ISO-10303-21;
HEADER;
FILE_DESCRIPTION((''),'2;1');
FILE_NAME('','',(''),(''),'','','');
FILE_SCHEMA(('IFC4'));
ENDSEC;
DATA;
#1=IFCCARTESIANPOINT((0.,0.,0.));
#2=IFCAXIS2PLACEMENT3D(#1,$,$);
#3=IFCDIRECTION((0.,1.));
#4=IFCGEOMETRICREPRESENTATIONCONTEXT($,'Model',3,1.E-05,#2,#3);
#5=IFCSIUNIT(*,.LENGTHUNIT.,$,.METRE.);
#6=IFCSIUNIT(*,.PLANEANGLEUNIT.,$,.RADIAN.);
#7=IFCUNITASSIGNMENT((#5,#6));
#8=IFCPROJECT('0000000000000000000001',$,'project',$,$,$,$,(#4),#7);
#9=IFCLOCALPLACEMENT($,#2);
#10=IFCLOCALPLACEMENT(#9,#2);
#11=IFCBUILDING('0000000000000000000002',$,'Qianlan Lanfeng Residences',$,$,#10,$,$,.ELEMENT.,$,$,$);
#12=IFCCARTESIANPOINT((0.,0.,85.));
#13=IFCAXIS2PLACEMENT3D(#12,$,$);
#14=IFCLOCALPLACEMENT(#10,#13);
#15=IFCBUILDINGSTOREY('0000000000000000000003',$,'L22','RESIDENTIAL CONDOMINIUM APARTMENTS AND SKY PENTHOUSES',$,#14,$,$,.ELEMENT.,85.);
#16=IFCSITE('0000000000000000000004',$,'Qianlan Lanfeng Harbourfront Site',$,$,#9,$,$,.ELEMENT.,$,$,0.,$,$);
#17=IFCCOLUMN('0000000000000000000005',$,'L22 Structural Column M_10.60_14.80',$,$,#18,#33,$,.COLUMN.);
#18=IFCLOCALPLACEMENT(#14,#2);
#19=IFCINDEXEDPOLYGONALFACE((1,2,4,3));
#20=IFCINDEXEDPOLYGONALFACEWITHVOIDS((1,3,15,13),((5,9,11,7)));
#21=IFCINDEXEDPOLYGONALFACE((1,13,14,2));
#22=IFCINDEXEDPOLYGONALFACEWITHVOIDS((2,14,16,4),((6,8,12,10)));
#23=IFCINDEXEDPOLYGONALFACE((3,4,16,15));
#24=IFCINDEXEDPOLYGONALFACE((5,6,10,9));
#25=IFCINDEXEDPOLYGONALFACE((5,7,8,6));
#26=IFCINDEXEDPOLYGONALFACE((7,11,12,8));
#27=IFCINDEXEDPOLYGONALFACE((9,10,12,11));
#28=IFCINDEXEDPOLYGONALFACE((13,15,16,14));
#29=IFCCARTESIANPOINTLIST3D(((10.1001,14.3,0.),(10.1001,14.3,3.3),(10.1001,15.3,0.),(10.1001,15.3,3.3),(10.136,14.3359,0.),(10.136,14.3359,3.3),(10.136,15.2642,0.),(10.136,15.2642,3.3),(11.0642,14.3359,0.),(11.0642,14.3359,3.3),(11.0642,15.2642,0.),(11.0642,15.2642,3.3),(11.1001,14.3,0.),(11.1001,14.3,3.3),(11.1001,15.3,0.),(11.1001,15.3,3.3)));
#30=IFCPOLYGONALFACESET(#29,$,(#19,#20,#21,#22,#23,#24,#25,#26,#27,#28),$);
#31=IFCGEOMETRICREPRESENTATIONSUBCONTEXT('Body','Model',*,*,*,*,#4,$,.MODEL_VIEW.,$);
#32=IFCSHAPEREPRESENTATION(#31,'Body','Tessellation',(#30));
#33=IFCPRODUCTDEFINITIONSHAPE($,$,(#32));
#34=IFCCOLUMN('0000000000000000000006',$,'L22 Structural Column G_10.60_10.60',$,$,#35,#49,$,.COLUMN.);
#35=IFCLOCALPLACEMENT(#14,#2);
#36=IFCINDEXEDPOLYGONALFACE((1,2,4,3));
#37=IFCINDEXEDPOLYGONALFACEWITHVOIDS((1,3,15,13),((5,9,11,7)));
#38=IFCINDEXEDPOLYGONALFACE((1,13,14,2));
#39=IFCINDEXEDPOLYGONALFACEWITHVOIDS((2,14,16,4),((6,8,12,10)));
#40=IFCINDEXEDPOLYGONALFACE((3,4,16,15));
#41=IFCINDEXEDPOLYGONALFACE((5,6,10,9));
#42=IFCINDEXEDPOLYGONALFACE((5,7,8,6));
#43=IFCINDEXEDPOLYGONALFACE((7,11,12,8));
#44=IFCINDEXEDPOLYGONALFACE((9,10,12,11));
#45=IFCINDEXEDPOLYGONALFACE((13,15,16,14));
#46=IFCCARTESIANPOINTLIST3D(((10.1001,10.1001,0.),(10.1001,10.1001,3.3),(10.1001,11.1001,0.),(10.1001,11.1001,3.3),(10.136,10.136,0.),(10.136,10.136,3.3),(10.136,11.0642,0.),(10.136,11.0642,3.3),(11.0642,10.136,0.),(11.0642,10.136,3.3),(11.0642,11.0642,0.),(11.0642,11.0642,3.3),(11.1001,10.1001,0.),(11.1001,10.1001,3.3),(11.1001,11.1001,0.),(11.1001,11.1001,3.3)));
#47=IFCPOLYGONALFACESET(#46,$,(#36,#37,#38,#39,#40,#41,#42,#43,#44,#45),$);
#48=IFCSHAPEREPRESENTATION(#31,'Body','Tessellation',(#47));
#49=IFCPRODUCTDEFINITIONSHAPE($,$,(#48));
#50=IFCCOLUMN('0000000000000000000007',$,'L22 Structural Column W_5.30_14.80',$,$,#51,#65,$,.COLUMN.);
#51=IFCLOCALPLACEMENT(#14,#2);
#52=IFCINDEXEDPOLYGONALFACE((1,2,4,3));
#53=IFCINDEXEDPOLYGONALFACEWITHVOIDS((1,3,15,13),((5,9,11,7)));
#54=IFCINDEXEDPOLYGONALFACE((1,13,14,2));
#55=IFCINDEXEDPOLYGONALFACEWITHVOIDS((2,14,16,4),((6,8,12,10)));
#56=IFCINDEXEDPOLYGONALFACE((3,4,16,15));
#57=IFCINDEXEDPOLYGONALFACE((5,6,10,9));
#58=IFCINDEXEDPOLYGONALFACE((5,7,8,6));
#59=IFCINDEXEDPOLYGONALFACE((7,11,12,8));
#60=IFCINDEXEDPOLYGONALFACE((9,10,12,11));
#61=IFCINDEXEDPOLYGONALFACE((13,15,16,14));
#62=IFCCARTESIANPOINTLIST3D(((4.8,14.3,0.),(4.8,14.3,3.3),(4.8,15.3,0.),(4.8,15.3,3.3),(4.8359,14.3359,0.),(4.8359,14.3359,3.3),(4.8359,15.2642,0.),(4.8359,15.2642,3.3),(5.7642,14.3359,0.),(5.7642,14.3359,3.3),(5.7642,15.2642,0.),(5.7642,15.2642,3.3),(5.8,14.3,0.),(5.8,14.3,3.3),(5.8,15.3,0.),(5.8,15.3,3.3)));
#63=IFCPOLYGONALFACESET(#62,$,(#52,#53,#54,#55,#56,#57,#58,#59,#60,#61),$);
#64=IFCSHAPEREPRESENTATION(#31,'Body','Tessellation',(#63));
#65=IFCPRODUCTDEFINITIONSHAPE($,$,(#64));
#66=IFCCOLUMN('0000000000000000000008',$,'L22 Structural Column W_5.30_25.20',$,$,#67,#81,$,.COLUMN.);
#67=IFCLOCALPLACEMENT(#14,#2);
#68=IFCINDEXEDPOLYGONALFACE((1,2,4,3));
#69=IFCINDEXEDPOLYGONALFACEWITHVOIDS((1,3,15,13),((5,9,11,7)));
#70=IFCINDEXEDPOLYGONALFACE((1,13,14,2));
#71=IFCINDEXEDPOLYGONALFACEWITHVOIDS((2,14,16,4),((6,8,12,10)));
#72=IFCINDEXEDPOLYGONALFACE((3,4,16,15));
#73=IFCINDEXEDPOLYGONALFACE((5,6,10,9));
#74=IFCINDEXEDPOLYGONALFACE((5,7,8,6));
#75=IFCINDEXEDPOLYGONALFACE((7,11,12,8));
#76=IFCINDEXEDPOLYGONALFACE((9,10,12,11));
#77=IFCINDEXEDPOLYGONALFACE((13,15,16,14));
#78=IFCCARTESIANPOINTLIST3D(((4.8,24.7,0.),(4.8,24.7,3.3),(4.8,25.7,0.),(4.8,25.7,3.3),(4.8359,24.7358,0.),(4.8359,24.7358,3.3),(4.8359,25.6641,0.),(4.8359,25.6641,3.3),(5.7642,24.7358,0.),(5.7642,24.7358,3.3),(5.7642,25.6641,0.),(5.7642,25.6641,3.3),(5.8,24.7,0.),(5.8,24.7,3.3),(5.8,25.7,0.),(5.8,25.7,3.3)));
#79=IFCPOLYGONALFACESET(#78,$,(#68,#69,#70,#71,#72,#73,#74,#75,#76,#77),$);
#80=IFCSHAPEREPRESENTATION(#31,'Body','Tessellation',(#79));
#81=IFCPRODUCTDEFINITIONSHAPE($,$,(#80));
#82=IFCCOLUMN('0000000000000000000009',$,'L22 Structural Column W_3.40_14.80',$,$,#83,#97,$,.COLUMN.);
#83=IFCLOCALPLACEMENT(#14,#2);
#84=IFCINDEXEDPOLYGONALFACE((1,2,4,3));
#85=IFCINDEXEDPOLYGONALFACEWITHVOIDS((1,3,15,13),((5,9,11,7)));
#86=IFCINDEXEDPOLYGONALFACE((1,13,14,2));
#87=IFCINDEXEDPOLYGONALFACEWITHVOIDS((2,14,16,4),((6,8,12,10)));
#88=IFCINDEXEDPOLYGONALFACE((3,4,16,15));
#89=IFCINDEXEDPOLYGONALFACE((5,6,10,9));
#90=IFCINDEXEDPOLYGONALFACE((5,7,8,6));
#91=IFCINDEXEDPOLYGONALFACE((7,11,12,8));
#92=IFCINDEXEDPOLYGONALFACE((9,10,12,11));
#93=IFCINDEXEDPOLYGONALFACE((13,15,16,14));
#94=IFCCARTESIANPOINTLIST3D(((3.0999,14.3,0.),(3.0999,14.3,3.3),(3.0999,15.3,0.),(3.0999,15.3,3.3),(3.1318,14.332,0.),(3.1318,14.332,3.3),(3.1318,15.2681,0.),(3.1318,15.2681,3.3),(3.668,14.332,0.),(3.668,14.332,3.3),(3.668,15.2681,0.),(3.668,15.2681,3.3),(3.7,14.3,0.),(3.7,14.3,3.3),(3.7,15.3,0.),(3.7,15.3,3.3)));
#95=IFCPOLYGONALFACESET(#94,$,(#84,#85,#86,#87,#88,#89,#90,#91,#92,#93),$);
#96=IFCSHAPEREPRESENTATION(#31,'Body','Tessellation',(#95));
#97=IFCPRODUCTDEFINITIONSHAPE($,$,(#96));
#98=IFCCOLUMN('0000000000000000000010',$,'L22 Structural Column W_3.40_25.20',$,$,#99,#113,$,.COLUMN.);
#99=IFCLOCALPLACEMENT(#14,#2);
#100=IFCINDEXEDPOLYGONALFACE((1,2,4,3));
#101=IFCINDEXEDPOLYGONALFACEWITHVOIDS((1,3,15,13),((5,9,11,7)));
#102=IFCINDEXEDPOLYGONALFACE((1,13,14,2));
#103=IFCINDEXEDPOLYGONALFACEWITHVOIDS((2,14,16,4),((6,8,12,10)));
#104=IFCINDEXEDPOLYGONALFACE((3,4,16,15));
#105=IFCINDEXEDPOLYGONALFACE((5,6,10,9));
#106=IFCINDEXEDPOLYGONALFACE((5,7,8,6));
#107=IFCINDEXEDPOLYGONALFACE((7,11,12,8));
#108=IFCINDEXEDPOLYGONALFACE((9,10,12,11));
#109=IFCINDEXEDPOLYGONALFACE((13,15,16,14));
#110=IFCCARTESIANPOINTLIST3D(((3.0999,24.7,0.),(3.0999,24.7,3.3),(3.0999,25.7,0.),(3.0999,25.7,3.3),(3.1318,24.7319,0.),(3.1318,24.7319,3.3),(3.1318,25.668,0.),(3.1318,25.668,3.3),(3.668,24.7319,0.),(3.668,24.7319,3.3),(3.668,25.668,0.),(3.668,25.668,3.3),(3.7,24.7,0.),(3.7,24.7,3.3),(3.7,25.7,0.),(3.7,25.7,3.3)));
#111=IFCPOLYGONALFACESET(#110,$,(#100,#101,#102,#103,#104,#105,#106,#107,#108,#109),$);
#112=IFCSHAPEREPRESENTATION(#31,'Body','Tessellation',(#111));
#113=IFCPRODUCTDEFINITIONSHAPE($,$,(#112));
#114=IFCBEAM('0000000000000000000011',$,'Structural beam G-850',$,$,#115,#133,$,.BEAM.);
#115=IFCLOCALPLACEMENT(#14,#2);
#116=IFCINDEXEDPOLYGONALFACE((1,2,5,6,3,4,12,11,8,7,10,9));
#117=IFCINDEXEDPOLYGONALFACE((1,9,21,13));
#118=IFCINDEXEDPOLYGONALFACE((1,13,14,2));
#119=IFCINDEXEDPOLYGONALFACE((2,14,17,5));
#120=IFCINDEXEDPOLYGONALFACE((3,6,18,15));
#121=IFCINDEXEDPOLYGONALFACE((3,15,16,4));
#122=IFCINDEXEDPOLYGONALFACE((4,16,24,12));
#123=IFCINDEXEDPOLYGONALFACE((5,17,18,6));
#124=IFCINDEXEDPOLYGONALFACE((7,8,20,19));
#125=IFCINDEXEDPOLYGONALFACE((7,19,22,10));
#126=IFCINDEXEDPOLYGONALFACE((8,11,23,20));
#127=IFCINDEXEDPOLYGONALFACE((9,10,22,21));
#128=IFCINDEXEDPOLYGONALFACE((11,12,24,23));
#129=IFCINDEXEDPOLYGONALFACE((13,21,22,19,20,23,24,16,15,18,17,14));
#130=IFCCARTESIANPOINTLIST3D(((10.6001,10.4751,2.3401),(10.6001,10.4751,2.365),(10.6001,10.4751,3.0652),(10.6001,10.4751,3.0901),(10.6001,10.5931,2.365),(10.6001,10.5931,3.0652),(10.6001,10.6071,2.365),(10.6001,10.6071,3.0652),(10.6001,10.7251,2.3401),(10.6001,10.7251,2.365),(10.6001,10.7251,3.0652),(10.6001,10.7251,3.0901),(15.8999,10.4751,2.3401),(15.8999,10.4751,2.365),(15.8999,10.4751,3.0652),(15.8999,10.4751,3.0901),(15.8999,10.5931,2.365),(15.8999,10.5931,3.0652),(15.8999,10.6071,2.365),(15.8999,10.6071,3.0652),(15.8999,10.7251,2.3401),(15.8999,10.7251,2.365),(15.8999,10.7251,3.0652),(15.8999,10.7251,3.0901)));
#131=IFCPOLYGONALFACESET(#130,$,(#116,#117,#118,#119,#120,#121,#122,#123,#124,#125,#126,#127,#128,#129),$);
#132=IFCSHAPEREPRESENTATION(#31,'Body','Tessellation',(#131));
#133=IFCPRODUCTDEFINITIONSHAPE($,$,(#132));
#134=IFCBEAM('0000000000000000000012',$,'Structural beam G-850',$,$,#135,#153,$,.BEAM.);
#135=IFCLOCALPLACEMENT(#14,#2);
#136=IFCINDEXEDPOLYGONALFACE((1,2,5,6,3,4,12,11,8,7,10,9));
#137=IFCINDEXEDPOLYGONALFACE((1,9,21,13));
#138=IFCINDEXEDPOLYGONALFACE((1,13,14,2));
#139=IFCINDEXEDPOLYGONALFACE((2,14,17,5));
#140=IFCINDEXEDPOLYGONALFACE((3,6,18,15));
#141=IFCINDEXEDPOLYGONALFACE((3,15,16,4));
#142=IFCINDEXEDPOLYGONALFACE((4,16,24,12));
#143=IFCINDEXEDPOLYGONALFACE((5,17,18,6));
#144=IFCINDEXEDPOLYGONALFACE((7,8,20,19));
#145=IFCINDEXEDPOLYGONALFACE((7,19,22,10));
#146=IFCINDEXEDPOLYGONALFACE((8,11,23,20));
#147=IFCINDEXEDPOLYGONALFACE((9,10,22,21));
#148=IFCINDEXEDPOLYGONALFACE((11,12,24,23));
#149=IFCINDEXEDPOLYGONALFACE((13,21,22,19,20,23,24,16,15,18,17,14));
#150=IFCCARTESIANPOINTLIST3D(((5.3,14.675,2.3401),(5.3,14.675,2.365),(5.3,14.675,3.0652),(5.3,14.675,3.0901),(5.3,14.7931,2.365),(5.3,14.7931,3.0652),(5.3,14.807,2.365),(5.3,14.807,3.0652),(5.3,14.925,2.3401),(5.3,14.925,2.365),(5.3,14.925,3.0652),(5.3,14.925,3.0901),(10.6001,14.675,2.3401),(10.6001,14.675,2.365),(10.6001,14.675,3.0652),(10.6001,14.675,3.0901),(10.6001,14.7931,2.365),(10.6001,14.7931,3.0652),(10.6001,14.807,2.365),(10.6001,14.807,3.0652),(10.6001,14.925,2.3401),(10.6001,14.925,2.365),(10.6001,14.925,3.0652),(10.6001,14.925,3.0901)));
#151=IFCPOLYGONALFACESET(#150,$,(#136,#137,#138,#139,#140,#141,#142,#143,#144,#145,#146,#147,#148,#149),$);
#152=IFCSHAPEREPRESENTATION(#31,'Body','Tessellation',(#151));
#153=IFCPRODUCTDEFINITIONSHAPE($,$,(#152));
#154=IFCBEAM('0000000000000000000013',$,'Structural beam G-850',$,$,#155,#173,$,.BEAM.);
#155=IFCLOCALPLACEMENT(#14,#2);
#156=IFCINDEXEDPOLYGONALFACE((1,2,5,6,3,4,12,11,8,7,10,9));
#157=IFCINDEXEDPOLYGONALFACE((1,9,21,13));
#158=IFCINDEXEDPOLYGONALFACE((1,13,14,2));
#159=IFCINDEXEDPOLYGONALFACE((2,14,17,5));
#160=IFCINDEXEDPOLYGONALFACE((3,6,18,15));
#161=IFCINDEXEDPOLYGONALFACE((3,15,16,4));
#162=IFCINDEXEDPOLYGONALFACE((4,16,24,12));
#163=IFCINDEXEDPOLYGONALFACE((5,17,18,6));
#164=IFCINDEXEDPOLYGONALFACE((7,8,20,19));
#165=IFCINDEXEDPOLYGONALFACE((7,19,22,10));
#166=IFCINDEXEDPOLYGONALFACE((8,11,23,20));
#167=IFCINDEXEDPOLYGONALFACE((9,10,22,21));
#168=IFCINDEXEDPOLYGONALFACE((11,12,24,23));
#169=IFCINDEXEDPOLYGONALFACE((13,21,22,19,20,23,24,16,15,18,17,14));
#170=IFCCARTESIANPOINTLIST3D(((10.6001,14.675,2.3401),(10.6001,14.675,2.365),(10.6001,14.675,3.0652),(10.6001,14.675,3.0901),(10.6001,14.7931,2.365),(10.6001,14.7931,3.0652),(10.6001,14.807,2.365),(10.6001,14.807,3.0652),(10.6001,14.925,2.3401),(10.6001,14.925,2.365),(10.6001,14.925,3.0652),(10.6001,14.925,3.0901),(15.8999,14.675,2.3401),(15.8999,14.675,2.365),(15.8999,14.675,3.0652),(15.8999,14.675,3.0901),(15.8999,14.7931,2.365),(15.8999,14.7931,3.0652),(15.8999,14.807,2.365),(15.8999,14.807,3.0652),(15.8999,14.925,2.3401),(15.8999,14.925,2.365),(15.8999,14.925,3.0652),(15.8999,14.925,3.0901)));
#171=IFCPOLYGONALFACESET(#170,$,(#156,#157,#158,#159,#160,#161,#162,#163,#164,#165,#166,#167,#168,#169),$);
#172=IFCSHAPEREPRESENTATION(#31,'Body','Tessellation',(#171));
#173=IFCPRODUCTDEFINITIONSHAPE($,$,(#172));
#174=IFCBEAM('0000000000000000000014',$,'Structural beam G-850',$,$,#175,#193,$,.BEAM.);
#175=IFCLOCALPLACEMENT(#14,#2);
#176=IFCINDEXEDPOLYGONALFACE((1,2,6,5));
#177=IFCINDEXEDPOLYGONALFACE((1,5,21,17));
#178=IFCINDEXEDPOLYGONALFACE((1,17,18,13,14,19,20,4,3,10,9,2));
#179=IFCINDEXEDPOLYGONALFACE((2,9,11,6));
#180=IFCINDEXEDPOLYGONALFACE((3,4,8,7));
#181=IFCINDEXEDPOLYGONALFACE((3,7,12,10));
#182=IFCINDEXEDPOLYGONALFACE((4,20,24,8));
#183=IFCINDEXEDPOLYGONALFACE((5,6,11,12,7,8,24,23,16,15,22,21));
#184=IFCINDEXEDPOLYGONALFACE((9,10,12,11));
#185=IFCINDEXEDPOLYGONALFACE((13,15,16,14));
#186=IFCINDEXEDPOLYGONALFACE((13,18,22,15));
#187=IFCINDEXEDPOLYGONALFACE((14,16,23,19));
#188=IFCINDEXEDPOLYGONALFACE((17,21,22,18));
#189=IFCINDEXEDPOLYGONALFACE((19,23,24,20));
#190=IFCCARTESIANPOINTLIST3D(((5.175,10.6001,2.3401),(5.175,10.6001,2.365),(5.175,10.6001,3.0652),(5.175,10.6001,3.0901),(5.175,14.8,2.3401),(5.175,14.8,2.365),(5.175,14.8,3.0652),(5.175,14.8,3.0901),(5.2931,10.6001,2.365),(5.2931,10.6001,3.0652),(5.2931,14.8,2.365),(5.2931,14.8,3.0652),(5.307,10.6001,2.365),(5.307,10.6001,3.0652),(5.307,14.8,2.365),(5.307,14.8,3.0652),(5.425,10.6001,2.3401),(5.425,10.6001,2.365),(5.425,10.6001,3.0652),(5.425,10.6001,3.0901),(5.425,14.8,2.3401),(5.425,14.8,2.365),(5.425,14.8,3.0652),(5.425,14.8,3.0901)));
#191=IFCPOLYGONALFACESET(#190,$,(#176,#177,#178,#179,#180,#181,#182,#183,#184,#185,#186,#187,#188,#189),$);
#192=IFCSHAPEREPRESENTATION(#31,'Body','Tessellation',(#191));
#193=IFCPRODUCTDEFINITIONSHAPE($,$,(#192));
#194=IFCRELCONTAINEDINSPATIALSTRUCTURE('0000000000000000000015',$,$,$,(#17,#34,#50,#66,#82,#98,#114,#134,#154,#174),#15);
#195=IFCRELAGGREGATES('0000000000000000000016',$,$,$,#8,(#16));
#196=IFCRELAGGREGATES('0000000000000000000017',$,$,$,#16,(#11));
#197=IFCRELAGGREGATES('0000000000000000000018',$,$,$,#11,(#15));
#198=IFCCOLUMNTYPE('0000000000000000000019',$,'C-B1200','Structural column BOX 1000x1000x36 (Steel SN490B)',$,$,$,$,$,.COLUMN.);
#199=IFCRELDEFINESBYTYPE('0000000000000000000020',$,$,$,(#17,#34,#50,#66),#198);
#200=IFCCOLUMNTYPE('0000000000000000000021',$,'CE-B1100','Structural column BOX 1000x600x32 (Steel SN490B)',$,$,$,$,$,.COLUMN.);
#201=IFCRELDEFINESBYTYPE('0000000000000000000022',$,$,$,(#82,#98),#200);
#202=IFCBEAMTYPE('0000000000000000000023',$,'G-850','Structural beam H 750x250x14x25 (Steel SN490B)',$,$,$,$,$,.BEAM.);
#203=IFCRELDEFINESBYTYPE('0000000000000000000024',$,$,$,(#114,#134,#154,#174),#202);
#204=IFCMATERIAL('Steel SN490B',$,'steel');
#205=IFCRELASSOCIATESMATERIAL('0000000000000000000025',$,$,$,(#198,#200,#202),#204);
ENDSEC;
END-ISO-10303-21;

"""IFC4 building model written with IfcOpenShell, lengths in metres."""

from ifc_helpers import new_model, si_unit, direction, frame, origin, origin_2d, place, context, subcontext, project, spatial, hollow_rectangle, i_section, extrude, material, material_profile, profile_set, type_object, element, save


model = new_model("IFC4")

# Units and contexts
model_context = context("Model", 3, precision=1e-05, world=origin(), true_north=direction((0.0, 1.0)))
body_context = subcontext(model_context, "Body", "Model", "MODEL_VIEW")
ifc_project = project(units=[si_unit("LENGTHUNIT", "METRE"), si_unit("PLANEANGLEUNIT", "RADIAN")], contexts=[model_context])

# Site, building, storey
site_placement = place(None, origin())
site = spatial("IfcSite", under=ifc_project, at=site_placement, Name="Qianlan Lanfeng Harbourfront Site", CompositionType="ELEMENT", RefElevation=0.0)
building_placement = place(site_placement, origin())
building = spatial("IfcBuilding", under=site, at=building_placement, Name="Qianlan Lanfeng Residences", CompositionType="ELEMENT")
storey_placement = place(building_placement, frame((0.0, 0.0, 85.0)))
storey = spatial("IfcBuildingStorey", under=building, at=storey_placement, Name="L22", Description="RESIDENTIAL CONDOMINIUM APARTMENTS AND SKY PENTHOUSES", CompositionType="ELEMENT", Elevation=85.0)

# Columns
ifc_material_1 = material(Name="Steel SN490B", Category="steel")
ifc_material_profile_1 = material_profile(ifc_material_1, hollow_rectangle(XDim=1.0, YDim=1.0, WallThickness=0.0359, at=origin_2d()), Name="BOX 1000x1000x36")
ifc_profile_set_1 = profile_set([ifc_material_profile_1], Name="Steel SN490B")
column_type_1 = type_object("IfcColumnType", Name="C-B1200", Description="Structural column BOX 1000x1000x36 (Steel SN490B)", PredefinedType="COLUMN", material=ifc_profile_set_1)
for number, where, z_axis, x_axis, name in (
    (1, (10.6001, 14.8, 0.0), (0.0, 0.0, 1.0), (1.0, 0.0, 0.0), "L22 Structural Column M_10.60_14.80"),
    (2, (10.6001, 10.6001, 0.0), (0.0, 0.0, 1.0), (1.0, 0.0, 0.0), "L22 Structural Column G_10.60_10.60"),
    (3, (5.3, 14.8, 0.0), (0.0, 0.0, 1.0), (1.0, 0.0, 0.0), "L22 Structural Column W_5.30_14.80"),
    (4, (5.3, 25.2, 0.0), (0.0, 0.0, 1.0), (1.0, 0.0, 0.0), "L22 Structural Column W_5.30_25.20"),
):
    element("IfcColumn", number, at=place(storey_placement, frame(where, z_axis=z_axis, x_axis=x_axis)), inside=storey, type_object=column_type_1, Name=name, PredefinedType="COLUMN", context=body_context, shape_type="SweptSolid", body=[
        extrude(hollow_rectangle(XDim=1.0, YDim=1.0, WallThickness=0.0359, at=origin_2d()), origin(), (0.0, 0.0, 1.0), 3.3),
    ])
ifc_material_profile_2 = material_profile(ifc_material_1, hollow_rectangle(XDim=0.6001, YDim=1.0, WallThickness=0.032, at=origin_2d()), Name="BOX 1000x600x32")
ifc_profile_set_2 = profile_set([ifc_material_profile_2], Name="Steel SN490B")
column_type_2 = type_object("IfcColumnType", Name="CE-B1100", Description="Structural column BOX 1000x600x32 (Steel SN490B)", PredefinedType="COLUMN", material=ifc_profile_set_2)
for number, where, z_axis, x_axis, name in (
    (5, (3.3999, 14.8, 0.0), (0.0, 0.0, 1.0), (1.0, 0.0, 0.0), "L22 Structural Column W_3.40_14.80"),
    (6, (3.3999, 25.2, 0.0), (0.0, 0.0, 1.0), (1.0, 0.0, 0.0), "L22 Structural Column W_3.40_25.20"),
):
    element("IfcColumn", number, at=place(storey_placement, frame(where, z_axis=z_axis, x_axis=x_axis)), inside=storey, type_object=column_type_2, Name=name, PredefinedType="COLUMN", context=body_context, shape_type="SweptSolid", body=[
        extrude(hollow_rectangle(XDim=0.6001, YDim=1.0, WallThickness=0.032, at=origin_2d()), origin(), (0.0, 0.0, 1.0), 3.3),
    ])

# Beams
ifc_material_profile_3 = material_profile(ifc_material_1, i_section(OverallWidth=0.25, OverallDepth=0.75, WebThickness=0.0139, FlangeThickness=0.0249, at=origin_2d()), Name="H 750x250x14x25")
ifc_profile_set_3 = profile_set([ifc_material_profile_3], Name="Steel SN490B")
beam_type_1 = type_object("IfcBeamType", Name="G-850", Description="Structural beam H 750x250x14x25 (Steel SN490B)", PredefinedType="BEAM", material=ifc_profile_set_3)
beam_1_placement = place(storey_placement, frame((10.6001, 10.6001, 2.7151), z_axis=(1.0, 0.0, 0.0), x_axis=(0.0, 1.0, 0.0)))
element("IfcBeam", 7, at=beam_1_placement, inside=storey, type_object=beam_type_1, Name="Structural beam G-850", PredefinedType="BEAM", context=body_context, shape_type="SweptSolid", body=[
    extrude(i_section(OverallWidth=0.25, OverallDepth=0.75, WebThickness=0.0139, FlangeThickness=0.0249, at=origin_2d()), origin(), (0.0, 0.0, 1.0), 5.2998),
])
beam_2_placement = place(storey_placement, frame((5.3, 14.8, 2.7151), z_axis=(1.0, 0.0, 0.0), x_axis=(0.0, 1.0, 0.0)))
element("IfcBeam", 8, at=beam_2_placement, inside=storey, type_object=beam_type_1, Name="Structural beam G-850", PredefinedType="BEAM", context=body_context, shape_type="SweptSolid", body=[
    extrude(i_section(OverallWidth=0.25, OverallDepth=0.75, WebThickness=0.0139, FlangeThickness=0.0249, at=origin_2d()), origin(), (0.0, 0.0, 1.0), 5.3),
])
beam_3_placement = place(storey_placement, frame((10.6001, 14.8, 2.7151), z_axis=(1.0, 0.0, 0.0), x_axis=(0.0, 1.0, 0.0)))
element("IfcBeam", 9, at=beam_3_placement, inside=storey, type_object=beam_type_1, Name="Structural beam G-850", PredefinedType="BEAM", context=body_context, shape_type="SweptSolid", body=[
    extrude(i_section(OverallWidth=0.25, OverallDepth=0.75, WebThickness=0.0139, FlangeThickness=0.0249, at=origin_2d()), origin(), (0.0, 0.0, 1.0), 5.2998),
])
beam_4_placement = place(storey_placement, frame((5.3, 10.6001, 2.7151), z_axis=(0.0, 1.0, 0.0), x_axis=(-1.0, 0.0, 0.0)))
element("IfcBeam", 10, at=beam_4_placement, inside=storey, type_object=beam_type_1, Name="Structural beam G-850", PredefinedType="BEAM", context=body_context, shape_type="SweptSolid", body=[
    extrude(i_section(OverallWidth=0.25, OverallDepth=0.75, WebThickness=0.0139, FlangeThickness=0.0249, at=origin_2d()), origin(), (0.0, 0.0, 1.0), 4.2),
])

save(model, "model.ifc")
